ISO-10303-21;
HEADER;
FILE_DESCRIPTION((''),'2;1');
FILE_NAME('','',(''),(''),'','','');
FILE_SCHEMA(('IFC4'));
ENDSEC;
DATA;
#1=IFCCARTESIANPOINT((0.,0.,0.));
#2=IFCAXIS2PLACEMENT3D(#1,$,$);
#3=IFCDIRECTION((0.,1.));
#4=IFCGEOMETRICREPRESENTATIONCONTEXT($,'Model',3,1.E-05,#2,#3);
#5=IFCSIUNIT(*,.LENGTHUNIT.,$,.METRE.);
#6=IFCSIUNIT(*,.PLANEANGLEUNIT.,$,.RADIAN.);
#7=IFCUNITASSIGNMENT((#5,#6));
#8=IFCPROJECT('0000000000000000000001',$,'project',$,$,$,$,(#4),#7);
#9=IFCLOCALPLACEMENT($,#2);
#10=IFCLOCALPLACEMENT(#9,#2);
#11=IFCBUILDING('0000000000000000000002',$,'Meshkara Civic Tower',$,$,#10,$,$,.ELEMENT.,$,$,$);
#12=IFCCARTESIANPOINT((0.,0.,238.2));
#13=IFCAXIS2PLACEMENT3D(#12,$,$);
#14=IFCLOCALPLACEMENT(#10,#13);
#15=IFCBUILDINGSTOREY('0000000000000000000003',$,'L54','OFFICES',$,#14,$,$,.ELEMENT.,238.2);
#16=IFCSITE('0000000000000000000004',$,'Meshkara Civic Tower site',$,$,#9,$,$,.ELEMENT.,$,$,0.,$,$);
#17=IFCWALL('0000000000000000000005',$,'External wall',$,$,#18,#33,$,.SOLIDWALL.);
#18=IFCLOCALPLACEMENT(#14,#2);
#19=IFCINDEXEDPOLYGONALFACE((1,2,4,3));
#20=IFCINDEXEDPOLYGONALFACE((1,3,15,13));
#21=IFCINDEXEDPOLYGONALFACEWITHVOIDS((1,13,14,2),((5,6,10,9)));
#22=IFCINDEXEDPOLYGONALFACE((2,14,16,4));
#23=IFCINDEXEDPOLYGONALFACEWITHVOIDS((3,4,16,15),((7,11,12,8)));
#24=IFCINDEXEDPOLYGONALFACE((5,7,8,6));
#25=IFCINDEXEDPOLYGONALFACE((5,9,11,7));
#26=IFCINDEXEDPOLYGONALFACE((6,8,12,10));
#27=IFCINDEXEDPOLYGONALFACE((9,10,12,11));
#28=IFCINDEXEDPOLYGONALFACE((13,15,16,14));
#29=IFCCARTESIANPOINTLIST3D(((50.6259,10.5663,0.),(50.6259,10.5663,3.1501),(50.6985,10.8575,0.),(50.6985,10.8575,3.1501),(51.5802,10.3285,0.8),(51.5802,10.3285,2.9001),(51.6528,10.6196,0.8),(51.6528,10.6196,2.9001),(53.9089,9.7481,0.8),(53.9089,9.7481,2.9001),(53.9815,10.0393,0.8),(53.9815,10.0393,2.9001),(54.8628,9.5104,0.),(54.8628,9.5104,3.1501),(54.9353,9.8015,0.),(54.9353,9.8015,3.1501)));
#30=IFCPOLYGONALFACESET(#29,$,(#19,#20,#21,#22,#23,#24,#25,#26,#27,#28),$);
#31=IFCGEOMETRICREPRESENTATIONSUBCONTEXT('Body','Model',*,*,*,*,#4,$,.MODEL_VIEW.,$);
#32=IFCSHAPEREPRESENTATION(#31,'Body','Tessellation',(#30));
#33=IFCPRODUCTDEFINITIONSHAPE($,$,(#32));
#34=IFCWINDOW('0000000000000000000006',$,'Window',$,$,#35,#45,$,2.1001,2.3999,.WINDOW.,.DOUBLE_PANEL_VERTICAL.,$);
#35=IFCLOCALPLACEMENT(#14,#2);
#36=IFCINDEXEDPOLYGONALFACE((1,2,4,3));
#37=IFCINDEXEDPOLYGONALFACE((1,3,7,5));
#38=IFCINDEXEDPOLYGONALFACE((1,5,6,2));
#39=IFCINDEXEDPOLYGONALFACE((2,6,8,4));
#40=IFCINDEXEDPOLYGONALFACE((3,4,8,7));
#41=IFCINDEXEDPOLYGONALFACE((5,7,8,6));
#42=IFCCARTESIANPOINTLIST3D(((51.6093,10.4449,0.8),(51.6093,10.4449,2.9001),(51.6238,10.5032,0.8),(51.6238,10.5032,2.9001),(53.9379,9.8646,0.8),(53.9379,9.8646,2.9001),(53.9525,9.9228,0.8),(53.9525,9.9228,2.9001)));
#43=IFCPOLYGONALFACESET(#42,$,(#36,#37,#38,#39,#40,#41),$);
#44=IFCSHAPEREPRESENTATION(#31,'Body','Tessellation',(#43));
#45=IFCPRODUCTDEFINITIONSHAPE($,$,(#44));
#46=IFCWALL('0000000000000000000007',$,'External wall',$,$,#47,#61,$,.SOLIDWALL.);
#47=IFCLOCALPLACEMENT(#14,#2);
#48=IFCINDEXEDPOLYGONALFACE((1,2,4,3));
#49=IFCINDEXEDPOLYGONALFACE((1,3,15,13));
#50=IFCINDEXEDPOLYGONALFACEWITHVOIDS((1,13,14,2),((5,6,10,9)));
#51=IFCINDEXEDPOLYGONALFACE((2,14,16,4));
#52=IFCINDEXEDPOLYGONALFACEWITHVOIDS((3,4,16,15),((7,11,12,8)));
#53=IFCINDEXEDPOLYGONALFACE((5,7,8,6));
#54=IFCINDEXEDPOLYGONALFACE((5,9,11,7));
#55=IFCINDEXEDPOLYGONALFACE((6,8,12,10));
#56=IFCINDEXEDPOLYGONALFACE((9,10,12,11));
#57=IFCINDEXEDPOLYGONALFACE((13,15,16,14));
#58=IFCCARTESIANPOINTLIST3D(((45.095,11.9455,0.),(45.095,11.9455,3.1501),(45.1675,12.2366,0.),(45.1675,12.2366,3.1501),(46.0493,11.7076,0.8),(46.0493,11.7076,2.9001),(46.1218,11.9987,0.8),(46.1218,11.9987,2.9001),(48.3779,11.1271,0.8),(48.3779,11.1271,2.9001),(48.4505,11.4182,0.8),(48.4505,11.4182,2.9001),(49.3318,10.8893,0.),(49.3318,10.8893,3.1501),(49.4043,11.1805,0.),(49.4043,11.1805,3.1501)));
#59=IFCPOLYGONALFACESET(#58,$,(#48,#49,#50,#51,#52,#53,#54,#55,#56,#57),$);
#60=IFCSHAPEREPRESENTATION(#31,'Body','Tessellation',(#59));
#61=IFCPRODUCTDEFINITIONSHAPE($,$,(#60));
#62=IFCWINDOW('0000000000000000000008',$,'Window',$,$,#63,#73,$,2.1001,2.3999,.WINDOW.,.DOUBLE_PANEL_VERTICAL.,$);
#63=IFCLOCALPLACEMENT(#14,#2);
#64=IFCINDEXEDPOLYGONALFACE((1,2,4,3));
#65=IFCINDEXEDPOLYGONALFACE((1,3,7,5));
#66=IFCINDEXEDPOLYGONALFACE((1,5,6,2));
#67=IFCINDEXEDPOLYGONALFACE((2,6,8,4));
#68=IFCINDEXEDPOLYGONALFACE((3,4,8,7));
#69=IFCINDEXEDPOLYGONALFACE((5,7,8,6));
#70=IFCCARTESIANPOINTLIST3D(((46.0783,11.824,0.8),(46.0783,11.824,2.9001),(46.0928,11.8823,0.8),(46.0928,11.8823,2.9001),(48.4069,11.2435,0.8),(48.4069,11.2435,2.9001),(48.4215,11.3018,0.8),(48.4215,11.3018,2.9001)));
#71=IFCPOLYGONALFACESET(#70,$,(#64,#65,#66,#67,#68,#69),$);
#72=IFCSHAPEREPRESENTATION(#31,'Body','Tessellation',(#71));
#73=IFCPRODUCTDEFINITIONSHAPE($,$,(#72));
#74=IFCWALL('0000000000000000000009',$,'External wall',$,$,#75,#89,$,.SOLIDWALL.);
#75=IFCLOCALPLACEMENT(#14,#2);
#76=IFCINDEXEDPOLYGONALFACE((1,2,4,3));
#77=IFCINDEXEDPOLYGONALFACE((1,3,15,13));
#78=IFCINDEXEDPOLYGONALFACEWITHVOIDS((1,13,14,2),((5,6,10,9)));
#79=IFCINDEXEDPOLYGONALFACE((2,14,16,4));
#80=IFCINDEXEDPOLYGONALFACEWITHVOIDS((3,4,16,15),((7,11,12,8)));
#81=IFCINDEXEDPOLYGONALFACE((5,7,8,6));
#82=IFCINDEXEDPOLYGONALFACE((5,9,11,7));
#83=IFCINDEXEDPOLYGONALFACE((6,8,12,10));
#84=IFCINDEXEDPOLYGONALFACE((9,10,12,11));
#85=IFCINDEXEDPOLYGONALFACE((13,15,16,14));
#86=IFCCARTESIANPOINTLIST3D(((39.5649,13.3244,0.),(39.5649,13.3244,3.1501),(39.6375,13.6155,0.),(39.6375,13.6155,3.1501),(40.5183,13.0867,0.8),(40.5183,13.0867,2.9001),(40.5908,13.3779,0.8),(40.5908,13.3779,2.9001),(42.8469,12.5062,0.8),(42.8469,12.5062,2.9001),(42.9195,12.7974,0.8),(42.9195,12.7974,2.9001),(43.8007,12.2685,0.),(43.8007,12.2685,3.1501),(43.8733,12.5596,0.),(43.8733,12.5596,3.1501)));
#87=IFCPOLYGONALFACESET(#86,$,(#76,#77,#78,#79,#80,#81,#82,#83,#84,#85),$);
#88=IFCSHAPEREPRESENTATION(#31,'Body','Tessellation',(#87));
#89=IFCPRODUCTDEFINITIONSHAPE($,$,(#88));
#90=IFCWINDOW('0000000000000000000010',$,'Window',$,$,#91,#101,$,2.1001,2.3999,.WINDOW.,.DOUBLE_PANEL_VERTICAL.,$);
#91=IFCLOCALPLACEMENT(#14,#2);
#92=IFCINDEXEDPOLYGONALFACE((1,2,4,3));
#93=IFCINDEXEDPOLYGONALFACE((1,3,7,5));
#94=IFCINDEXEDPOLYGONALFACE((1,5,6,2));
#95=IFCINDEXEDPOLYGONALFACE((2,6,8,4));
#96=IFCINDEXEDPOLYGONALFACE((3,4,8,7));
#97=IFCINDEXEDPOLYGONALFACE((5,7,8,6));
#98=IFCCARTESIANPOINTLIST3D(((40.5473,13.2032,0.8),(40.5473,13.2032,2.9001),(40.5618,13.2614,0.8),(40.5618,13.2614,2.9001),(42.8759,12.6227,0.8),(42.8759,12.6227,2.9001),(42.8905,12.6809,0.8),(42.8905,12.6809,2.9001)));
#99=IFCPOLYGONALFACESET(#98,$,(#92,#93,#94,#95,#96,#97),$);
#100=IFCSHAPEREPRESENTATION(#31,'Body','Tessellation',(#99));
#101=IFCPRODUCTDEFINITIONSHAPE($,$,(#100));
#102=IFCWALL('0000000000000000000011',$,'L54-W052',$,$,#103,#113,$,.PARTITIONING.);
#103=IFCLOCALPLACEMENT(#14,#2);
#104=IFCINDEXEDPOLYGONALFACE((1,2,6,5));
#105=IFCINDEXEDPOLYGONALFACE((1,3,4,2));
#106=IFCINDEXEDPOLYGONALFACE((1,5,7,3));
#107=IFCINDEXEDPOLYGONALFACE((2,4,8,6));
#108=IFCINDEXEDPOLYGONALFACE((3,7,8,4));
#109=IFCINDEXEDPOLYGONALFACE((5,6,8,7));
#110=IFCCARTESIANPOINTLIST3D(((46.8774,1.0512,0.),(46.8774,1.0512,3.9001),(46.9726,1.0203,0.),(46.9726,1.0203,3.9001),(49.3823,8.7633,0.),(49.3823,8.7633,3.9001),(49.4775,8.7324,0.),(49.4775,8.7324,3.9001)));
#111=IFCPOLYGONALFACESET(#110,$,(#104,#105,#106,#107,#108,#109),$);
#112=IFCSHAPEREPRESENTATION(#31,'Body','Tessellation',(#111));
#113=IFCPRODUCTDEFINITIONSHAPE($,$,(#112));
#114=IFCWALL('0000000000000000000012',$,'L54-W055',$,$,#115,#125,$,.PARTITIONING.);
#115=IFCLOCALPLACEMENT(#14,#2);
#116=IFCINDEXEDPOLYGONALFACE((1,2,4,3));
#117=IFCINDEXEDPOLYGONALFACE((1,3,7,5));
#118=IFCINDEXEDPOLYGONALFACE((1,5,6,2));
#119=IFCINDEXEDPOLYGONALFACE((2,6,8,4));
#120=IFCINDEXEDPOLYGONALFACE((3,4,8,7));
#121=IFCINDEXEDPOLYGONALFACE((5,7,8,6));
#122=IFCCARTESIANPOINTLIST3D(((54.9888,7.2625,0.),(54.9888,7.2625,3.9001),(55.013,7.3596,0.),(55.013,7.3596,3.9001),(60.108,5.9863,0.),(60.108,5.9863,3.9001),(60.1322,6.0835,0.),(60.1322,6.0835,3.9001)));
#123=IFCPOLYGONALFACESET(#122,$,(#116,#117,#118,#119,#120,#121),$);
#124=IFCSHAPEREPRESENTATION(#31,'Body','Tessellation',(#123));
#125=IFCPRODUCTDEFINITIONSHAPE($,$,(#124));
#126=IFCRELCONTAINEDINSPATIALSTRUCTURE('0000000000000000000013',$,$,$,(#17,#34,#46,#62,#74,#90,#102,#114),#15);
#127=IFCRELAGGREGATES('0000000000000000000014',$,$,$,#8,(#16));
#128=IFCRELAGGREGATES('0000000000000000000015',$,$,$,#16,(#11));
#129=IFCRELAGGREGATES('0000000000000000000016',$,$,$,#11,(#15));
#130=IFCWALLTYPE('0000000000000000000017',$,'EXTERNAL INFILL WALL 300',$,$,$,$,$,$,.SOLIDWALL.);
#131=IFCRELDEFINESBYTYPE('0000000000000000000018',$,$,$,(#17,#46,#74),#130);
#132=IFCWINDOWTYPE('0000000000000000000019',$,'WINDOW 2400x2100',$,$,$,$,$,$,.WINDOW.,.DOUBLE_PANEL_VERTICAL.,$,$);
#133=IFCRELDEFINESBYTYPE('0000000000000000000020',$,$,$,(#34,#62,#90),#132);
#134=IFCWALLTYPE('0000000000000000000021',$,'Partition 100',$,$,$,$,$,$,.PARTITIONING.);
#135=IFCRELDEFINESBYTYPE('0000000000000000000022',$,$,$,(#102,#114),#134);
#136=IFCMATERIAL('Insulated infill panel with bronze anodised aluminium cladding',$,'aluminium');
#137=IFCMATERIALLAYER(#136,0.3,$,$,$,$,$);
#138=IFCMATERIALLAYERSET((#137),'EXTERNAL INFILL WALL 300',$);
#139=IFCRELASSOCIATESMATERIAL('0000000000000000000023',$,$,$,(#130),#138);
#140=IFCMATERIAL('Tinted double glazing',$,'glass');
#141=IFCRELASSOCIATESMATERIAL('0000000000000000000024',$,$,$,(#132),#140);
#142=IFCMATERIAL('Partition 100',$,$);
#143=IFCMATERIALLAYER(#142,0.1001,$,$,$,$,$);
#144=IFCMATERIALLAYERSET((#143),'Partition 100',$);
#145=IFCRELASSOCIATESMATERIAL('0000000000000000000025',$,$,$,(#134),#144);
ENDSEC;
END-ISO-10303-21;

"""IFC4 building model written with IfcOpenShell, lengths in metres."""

from ifc_helpers import new_model, si_unit, direction, frame, frame_2d, origin, place, context, subcontext, project, spatial, rectangle, extrude, material, layer, layer_set, type_object, element, fill, save


model = new_model("IFC4")

# Units and contexts
model_context = context("Model", 3, precision=1e-05, world=origin(), true_north=direction((0.0, 1.0)))
body_context = subcontext(model_context, "Body", "Model", "MODEL_VIEW")
ifc_project = project(units=[si_unit("LENGTHUNIT", "METRE"), si_unit("PLANEANGLEUNIT", "RADIAN")], contexts=[model_context])

# Site, building, storey
site_placement = place(None, origin())
site = spatial("IfcSite", under=ifc_project, at=site_placement, Name="Meshkara Civic Tower site", CompositionType="ELEMENT", RefElevation=0.0)
building_placement = place(site_placement, origin())
building = spatial("IfcBuilding", under=site, at=building_placement, Name="Meshkara Civic Tower", CompositionType="ELEMENT")
storey_placement = place(building_placement, frame((0.0, 0.0, 238.2)))
storey = spatial("IfcBuildingStorey", under=building, at=storey_placement, Name="L54", Description="OFFICES", CompositionType="ELEMENT", Elevation=238.2)

# Walls, openings, windows
ifc_material_1 = material(Name="Insulated infill panel with bronze anodised aluminium cladding", Category="aluminium")
ifc_layer_1 = layer(ifc_material_1, 0.3)
ifc_layer_set_1 = layer_set([ifc_layer_1], Name="EXTERNAL INFILL WALL 300")
wall_type_1 = type_object("IfcWallType", Name="EXTERNAL INFILL WALL 300", PredefinedType="SOLIDWALL", material=ifc_layer_set_1)
wall_1_placement = place(storey_placement, frame((54.8989, 9.656, 0.0), z_axis=(0.0, 0.0, 1.0), x_axis=(-0.97032, 0.241825, 0.0)))
wall_1 = element("IfcWall", 1, at=wall_1_placement, inside=storey, type_object=wall_type_1, Name="External wall", PredefinedType="SOLIDWALL", context=body_context, shape_type="SweptSolid", body=[
    extrude(rectangle(XDim=4.3665, YDim=0.3, at=frame_2d((2.1831, 0.0))), origin(), (0.0, 0.0, 1.0), 3.1501),
])
opening_1_placement = place(wall_1_placement, frame((0.9829, 0.0, 0.8)))
opening_1 = element("IfcOpeningElement", 2, at=opening_1_placement, cuts=wall_1, PredefinedType="OPENING", context=body_context, shape_type="SweptSolid", body=[
    extrude(rectangle(XDim=2.3999, YDim=2.1001, at=frame_2d((1.2, 1.05))), frame((0.0, 0.1599, 0.0), z_axis=(0.0, -1.0, 0.0), x_axis=(1.0, 0.0, 0.0)), (0.0, 0.0, 1.0), 0.3201),
])
ifc_material_2 = material(Name="Tinted double glazing", Category="glass")
window_type = type_object("IfcWindowType", Name="WINDOW 2400x2100", PartitioningType="DOUBLE_PANEL_VERTICAL", PredefinedType="WINDOW", material=ifc_material_2)
window_1_placement = place(opening_1_placement, origin())
window_1 = element("IfcWindow", 3, at=window_1_placement, inside=storey, type_object=window_type, Name="Window", OverallHeight=2.1001, OverallWidth=2.3999, PartitioningType="DOUBLE_PANEL_VERTICAL", PredefinedType="WINDOW", context=body_context, shape_type="SweptSolid", body=[
    extrude(rectangle(XDim=2.3999, YDim=2.1001, at=frame_2d((1.2, 1.05))), frame((0.0, 0.03, 0.0), z_axis=(0.0, -1.0, 0.0), x_axis=(1.0, 0.0, 0.0)), (0.0, 0.0, 1.0), 0.0601),
])
fill(opening_1, window_1)
wall_2_placement = place(storey_placement, frame((49.3679, 11.0349, 0.0), z_axis=(0.0, 0.0, 1.0), x_axis=(-0.970307, 0.241878, 0.0)))
wall_2 = element("IfcWall", 4, at=wall_2_placement, inside=storey, type_object=wall_type_1, Name="External wall", PredefinedType="SOLIDWALL", context=body_context, shape_type="SweptSolid", body=[
    extrude(rectangle(XDim=4.3665, YDim=0.3, at=frame_2d((2.1831, 0.0))), origin(), (0.0, 0.0, 1.0), 3.1501),
])
opening_2_placement = place(wall_2_placement, frame((0.9829, 0.0, 0.8)))
opening_2 = element("IfcOpeningElement", 5, at=opening_2_placement, cuts=wall_2, PredefinedType="OPENING", context=body_context, shape_type="SweptSolid", body=[
    extrude(rectangle(XDim=2.3999, YDim=2.1001, at=frame_2d((1.2, 1.05))), frame((0.0, 0.1599, 0.0), z_axis=(0.0, -1.0, 0.0), x_axis=(1.0, 0.0, 0.0)), (0.0, 0.0, 1.0), 0.3201),
])
window_2_placement = place(opening_2_placement, origin())
window_2 = element("IfcWindow", 6, at=window_2_placement, inside=storey, type_object=window_type, Name="Window", OverallHeight=2.1001, OverallWidth=2.3999, PartitioningType="DOUBLE_PANEL_VERTICAL", PredefinedType="WINDOW", context=body_context, shape_type="SweptSolid", body=[
    extrude(rectangle(XDim=2.3999, YDim=2.1001, at=frame_2d((1.2, 1.05))), frame((0.0, 0.03, 0.0), z_axis=(0.0, -1.0, 0.0), x_axis=(1.0, 0.0, 0.0)), (0.0, 0.0, 1.0), 0.0601),
])
fill(opening_2, window_2)
wall_3_placement = place(storey_placement, frame((43.8369, 12.4141, 0.0), z_axis=(0.0, 0.0, 1.0), x_axis=(-0.970307, 0.241878, 0.0)))
wall_3 = element("IfcWall", 7, at=wall_3_placement, inside=storey, type_object=wall_type_1, Name="External wall", PredefinedType="SOLIDWALL", context=body_context, shape_type="SweptSolid", body=[
    extrude(rectangle(XDim=4.3655, YDim=0.3, at=frame_2d((2.1826, 0.0))), origin(), (0.0, 0.0, 1.0), 3.1501),
])
opening_3_placement = place(wall_3_placement, frame((0.9829, 0.0, 0.8)))
opening_3 = element("IfcOpeningElement", 8, at=opening_3_placement, cuts=wall_3, PredefinedType="OPENING", context=body_context, shape_type="SweptSolid", body=[
    extrude(rectangle(XDim=2.3999, YDim=2.1001, at=frame_2d((1.2, 1.05))), frame((0.0, 0.1599, 0.0), z_axis=(0.0, -1.0, 0.0), x_axis=(1.0, 0.0, 0.0)), (0.0, 0.0, 1.0), 0.3201),
])
window_3_placement = place(opening_3_placement, origin())
window_3 = element("IfcWindow", 9, at=window_3_placement, inside=storey, type_object=window_type, Name="Window", OverallHeight=2.1001, OverallWidth=2.3999, PartitioningType="DOUBLE_PANEL_VERTICAL", PredefinedType="WINDOW", context=body_context, shape_type="SweptSolid", body=[
    extrude(rectangle(XDim=2.3999, YDim=2.1001, at=frame_2d((1.2, 1.05))), frame((0.0, 0.03, 0.0), z_axis=(0.0, -1.0, 0.0), x_axis=(1.0, 0.0, 0.0)), (0.0, 0.0, 1.0), 0.0601),
])
fill(opening_3, window_3)

# Walls
ifc_material_3 = material(Name="Partition 100")
ifc_layer_2 = layer(ifc_material_3, 0.1001)
ifc_layer_set_2 = layer_set([ifc_layer_2], Name="Partition 100")
wall_type_2 = type_object("IfcWallType", Name="Partition 100", PredefinedType="PARTITIONING", material=ifc_layer_set_2)
wall_4_placement = place(storey_placement, frame((46.925, 1.0359, 0.0), z_axis=(0.0, 0.0, 1.0), x_axis=(0.308911, 0.951091, 0.0)))
element("IfcWall", 10, at=wall_4_placement, inside=storey, type_object=wall_type_2, Name="L54-W052", PredefinedType="PARTITIONING", context=body_context, shape_type="SweptSolid", body=[
    extrude(rectangle(XDim=8.1086, YDim=0.1001, at=frame_2d((4.0542, 0.0))), origin(), (0.0, 0.0, 1.0), 3.9001),
])
wall_5_placement = place(storey_placement, frame((60.1201, 6.0349, 0.0), z_axis=(0.0, 0.0, 1.0), x_axis=(-0.970306, 0.241882, 0.0)))
element("IfcWall", 11, at=wall_5_placement, inside=storey, type_object=wall_type_2, Name="L54-W055", PredefinedType="PARTITIONING", context=body_context, shape_type="SweptSolid", body=[
    extrude(rectangle(XDim=5.2759, YDim=0.1001, at=frame_2d((2.6379, 0.0))), origin(), (0.0, 0.0, 1.0), 3.9001),
])

save(model, "model.ifc")
